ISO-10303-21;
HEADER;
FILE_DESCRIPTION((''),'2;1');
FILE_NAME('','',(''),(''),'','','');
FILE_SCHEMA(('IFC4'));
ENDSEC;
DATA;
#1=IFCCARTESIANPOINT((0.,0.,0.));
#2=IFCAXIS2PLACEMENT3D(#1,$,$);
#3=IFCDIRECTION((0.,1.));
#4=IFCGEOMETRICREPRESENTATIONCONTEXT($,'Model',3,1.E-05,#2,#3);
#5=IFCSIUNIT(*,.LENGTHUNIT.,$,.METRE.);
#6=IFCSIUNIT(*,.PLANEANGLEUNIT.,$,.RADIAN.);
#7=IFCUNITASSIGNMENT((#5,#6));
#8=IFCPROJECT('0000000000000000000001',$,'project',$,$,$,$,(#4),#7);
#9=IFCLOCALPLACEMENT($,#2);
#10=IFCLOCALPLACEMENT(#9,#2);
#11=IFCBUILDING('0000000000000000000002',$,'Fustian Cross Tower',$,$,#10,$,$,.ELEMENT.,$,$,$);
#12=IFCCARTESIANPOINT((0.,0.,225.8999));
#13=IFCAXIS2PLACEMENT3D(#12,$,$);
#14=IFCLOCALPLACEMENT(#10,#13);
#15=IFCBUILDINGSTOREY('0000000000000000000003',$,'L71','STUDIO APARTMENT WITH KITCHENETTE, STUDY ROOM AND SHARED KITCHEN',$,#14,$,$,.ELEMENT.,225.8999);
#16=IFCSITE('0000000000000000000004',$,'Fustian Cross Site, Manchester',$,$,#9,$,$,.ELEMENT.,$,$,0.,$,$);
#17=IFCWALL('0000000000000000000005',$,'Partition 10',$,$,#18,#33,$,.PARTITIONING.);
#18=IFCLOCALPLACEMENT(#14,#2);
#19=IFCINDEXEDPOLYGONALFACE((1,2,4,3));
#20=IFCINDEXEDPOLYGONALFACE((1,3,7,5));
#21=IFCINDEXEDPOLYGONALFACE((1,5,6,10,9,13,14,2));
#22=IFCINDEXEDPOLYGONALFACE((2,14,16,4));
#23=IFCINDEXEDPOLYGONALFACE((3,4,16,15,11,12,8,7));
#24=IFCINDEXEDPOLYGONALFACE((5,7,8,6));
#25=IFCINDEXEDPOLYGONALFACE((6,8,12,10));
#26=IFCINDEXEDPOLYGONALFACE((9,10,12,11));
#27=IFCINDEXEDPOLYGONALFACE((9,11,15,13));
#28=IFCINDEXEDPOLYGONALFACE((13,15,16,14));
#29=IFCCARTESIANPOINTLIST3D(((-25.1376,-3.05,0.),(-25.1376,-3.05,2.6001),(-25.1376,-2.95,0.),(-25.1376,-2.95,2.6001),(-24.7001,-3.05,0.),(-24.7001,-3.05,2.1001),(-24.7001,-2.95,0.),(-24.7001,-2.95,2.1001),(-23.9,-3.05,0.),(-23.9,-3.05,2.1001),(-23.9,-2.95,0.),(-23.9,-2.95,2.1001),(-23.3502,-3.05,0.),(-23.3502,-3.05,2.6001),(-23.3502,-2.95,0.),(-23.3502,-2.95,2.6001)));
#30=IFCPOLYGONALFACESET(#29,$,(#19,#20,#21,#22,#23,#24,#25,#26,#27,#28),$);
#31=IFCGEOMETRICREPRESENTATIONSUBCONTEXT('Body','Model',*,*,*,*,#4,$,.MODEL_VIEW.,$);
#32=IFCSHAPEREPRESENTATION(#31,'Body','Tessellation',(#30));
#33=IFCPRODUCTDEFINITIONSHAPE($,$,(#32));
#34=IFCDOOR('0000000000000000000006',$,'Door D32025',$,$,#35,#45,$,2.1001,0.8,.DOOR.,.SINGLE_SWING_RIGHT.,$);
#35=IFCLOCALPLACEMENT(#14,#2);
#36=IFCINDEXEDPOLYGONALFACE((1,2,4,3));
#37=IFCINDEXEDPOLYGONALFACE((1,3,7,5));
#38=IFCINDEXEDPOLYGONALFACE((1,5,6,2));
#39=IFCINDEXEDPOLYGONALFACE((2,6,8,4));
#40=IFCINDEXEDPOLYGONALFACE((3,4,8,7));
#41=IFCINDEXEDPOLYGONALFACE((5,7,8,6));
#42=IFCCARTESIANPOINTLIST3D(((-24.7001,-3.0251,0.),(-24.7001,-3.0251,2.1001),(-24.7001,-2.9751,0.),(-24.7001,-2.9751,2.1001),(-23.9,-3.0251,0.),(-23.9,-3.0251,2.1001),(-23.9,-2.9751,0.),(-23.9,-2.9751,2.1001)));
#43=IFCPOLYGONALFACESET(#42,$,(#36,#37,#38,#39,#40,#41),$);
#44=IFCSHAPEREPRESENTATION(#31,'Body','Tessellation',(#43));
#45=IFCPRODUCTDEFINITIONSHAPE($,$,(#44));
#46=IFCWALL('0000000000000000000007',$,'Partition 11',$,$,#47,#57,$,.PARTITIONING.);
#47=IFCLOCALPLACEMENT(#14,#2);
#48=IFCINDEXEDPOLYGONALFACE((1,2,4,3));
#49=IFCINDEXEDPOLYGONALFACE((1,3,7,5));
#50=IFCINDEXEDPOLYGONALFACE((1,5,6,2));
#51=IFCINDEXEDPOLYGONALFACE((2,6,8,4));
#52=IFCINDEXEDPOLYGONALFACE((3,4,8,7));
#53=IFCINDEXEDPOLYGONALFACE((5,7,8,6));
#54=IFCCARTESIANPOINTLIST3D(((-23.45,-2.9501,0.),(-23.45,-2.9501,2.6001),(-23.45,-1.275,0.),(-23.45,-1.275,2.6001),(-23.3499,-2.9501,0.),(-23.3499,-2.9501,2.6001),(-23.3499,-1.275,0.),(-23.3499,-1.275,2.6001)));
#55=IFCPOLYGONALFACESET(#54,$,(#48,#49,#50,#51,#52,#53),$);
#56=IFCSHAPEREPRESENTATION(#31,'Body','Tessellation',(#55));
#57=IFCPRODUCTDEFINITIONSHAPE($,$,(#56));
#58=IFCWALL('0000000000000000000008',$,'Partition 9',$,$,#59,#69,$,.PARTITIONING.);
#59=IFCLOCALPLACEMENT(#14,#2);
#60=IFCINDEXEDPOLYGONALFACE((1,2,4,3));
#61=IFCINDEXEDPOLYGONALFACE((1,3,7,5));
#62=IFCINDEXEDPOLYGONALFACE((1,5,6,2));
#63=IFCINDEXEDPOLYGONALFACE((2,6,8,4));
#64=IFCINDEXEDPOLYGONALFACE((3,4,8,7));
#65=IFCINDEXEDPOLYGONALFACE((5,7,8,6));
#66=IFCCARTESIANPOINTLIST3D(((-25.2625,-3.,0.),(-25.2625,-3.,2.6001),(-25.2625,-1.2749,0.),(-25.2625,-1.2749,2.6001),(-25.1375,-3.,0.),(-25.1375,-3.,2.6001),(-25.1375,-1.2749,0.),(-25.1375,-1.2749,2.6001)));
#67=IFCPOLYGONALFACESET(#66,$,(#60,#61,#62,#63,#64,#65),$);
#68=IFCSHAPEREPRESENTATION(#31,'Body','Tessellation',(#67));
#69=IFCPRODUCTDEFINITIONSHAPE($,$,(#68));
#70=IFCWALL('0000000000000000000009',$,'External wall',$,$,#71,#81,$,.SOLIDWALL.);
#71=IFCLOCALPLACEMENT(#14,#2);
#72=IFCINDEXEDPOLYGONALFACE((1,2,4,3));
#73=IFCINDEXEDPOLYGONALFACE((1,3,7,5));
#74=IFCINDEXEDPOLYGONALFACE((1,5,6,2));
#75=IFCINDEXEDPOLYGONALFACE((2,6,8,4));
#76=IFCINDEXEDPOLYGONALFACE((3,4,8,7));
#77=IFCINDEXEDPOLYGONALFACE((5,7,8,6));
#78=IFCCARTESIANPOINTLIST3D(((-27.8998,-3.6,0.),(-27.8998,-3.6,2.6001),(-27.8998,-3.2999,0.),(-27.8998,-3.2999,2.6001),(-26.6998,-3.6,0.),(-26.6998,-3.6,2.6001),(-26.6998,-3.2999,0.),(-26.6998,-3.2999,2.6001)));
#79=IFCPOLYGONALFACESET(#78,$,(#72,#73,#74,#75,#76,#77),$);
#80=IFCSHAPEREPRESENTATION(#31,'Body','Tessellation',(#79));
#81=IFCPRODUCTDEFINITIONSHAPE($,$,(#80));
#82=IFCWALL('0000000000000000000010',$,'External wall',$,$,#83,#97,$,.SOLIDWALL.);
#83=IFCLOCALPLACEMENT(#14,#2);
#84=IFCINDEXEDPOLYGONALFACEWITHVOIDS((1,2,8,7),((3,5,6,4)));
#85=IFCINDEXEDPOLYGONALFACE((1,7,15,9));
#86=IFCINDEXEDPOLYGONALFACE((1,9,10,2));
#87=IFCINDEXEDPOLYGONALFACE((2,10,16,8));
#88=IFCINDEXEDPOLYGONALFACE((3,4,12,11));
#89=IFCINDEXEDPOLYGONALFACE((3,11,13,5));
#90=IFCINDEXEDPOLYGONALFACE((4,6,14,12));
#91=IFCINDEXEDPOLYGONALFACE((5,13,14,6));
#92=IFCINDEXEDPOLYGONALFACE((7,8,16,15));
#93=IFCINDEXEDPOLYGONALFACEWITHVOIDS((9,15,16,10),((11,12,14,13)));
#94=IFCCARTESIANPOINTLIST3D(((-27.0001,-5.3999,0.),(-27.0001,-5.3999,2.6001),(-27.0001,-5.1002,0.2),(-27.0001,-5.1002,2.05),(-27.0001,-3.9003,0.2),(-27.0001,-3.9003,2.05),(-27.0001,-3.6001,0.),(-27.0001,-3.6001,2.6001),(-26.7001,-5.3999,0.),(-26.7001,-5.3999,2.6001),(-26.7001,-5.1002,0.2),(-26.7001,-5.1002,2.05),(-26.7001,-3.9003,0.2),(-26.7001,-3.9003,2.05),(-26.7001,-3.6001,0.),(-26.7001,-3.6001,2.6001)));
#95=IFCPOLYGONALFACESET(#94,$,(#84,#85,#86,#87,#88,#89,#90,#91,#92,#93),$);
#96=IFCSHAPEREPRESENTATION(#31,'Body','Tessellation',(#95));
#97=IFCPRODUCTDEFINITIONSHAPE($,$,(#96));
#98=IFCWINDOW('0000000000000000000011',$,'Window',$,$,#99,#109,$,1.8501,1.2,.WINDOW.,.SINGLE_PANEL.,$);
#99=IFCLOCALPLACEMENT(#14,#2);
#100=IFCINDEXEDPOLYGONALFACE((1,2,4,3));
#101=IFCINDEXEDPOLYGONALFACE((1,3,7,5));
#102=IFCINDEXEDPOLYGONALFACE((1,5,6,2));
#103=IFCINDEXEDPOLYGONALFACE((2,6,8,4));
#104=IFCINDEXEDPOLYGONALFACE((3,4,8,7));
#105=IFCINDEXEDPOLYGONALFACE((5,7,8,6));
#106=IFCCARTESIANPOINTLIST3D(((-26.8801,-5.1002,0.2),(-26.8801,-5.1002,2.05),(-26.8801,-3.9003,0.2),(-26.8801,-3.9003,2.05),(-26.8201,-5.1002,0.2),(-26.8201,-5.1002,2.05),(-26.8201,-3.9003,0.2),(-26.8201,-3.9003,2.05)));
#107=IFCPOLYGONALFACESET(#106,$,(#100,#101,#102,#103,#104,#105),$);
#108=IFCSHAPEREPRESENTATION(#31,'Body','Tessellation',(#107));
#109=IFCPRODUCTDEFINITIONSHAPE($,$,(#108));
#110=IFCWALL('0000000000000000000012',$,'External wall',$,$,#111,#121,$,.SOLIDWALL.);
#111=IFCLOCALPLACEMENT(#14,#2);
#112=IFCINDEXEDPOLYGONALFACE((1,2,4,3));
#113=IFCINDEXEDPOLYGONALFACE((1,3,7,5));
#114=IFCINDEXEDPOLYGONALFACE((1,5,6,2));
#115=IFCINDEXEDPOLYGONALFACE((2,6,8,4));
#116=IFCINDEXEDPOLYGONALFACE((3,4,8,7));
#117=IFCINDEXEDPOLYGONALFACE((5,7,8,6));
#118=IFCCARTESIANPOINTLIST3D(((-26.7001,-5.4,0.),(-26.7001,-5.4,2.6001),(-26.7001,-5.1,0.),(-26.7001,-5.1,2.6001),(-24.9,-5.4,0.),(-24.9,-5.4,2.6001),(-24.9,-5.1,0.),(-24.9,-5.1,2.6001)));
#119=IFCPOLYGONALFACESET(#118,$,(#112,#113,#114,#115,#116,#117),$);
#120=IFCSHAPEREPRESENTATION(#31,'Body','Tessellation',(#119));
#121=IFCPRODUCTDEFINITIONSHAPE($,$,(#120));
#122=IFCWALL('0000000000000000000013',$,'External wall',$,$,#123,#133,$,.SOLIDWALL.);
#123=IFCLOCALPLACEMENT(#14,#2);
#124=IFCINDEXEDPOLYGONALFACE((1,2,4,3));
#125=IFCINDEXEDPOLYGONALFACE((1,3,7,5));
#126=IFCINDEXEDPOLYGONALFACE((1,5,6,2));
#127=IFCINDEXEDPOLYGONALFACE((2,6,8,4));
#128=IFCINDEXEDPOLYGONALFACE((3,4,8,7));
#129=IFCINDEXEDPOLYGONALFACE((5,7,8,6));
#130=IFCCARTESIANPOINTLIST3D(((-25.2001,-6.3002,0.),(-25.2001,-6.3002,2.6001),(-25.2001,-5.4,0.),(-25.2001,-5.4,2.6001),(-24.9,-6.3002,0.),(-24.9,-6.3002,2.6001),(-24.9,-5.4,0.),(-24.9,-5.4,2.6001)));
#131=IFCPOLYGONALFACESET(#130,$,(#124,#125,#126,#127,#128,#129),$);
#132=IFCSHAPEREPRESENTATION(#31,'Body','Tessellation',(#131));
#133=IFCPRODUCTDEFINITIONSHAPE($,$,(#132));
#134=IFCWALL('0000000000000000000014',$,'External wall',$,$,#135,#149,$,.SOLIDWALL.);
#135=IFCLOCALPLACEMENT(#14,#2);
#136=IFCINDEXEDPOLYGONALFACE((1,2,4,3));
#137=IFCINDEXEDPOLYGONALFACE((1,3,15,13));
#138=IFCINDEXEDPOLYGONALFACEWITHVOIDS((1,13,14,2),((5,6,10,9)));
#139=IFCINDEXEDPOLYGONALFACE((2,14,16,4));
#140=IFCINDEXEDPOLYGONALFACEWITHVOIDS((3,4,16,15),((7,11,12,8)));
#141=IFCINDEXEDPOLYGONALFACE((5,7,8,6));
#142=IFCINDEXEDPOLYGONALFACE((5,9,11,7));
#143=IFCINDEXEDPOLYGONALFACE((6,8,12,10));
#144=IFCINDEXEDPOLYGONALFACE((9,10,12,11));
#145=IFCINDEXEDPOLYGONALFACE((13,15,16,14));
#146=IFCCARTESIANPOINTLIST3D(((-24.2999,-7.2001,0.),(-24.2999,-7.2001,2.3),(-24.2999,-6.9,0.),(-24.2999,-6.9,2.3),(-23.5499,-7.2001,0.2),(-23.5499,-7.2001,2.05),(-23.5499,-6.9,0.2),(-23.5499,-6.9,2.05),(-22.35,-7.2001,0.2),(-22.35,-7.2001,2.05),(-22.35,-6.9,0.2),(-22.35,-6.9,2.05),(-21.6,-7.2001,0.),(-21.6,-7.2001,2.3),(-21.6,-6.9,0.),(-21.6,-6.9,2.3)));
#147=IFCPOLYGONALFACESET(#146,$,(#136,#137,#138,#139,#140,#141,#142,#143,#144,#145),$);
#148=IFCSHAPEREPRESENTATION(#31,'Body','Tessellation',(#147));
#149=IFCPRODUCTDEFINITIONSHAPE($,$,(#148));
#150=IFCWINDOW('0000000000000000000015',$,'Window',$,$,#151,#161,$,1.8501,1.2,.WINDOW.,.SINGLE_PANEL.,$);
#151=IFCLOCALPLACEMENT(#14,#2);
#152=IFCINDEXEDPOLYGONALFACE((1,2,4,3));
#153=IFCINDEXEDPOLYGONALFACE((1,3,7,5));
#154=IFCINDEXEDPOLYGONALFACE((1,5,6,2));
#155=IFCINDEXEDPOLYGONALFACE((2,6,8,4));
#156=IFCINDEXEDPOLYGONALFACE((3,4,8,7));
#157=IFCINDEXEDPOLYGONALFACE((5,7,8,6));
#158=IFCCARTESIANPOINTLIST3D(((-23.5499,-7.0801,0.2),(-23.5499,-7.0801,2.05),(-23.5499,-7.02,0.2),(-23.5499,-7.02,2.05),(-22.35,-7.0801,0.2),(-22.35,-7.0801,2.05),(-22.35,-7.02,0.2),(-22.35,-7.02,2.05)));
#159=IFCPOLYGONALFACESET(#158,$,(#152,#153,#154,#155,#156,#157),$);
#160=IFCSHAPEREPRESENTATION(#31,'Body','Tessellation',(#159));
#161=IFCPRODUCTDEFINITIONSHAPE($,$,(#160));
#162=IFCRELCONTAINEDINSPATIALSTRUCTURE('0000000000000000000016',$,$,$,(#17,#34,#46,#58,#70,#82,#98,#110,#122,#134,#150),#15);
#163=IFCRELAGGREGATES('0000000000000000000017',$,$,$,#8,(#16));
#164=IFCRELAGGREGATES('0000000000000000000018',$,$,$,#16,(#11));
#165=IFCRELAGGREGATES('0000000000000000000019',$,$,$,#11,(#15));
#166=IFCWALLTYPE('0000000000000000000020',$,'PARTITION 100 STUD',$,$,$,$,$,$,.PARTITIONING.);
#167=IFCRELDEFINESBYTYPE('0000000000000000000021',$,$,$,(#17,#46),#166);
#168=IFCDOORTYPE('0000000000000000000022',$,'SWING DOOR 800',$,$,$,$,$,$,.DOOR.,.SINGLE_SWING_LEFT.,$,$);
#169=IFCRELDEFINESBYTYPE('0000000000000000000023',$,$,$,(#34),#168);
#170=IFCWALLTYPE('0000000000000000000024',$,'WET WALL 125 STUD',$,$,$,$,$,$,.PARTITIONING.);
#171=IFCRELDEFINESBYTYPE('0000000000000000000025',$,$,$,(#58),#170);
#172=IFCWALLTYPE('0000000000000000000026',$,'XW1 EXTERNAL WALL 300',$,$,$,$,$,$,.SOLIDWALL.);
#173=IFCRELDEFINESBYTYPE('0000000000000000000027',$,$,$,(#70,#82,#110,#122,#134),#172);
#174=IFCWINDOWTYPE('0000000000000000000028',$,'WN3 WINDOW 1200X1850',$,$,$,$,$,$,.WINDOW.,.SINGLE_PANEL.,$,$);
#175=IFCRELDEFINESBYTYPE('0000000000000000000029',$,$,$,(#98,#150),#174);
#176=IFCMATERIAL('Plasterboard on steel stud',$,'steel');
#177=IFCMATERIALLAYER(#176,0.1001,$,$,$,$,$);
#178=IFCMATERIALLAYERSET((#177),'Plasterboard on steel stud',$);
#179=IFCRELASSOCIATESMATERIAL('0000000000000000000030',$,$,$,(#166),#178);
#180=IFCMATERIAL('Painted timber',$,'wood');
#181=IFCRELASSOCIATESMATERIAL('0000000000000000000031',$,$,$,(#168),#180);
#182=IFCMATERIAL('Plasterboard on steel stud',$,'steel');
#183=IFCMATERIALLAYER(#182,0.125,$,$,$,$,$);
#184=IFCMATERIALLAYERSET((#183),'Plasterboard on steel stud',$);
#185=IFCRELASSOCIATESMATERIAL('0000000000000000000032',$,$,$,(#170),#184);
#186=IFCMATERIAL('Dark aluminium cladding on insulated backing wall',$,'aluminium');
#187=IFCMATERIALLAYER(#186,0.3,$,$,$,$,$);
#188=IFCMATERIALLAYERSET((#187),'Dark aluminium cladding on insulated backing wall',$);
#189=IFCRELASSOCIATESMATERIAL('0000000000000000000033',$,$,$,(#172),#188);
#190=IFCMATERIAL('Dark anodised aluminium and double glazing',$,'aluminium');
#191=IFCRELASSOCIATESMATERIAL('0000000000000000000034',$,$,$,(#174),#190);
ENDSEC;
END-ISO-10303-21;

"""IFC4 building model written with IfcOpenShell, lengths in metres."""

from ifc_helpers import new_model, si_unit, direction, frame, frame_2d, origin, place, context, subcontext, project, spatial, rectangle, extrude, material, layer, layer_set, type_object, element, fill, save


model = new_model("IFC4")

# Units and contexts
model_context = context("Model", 3, precision=1e-05, world=origin(), true_north=direction((0.0, 1.0)))
body_context = subcontext(model_context, "Body", "Model", "MODEL_VIEW")
ifc_project = project(units=[si_unit("LENGTHUNIT", "METRE"), si_unit("PLANEANGLEUNIT", "RADIAN")], contexts=[model_context])

# Site, building, storey
site_placement = place(None, origin())
site = spatial("IfcSite", under=ifc_project, at=site_placement, Name="Fustian Cross Site, Manchester", CompositionType="ELEMENT", RefElevation=0.0)
building_placement = place(site_placement, origin())
building = spatial("IfcBuilding", under=site, at=building_placement, Name="Fustian Cross Tower", CompositionType="ELEMENT")
storey_placement = place(building_placement, frame((0.0, 0.0, 225.8999)))
storey = spatial("IfcBuildingStorey", under=building, at=storey_placement, Name="L71", Description="STUDIO APARTMENT WITH KITCHENETTE, STUDY ROOM AND SHARED KITCHEN", CompositionType="ELEMENT", Elevation=225.8999)

# Shared definitions
ifc_material_1 = material(Name="Plasterboard on steel stud", Category="steel")
ifc_layer_1 = layer(ifc_material_1, 0.1001)
ifc_layer_set_1 = layer_set([ifc_layer_1], Name="Plasterboard on steel stud")
wall_type_1 = type_object("IfcWallType", Name="PARTITION 100 STUD", PredefinedType="PARTITIONING", material=ifc_layer_set_1)

# Wall, opening, door
wall_1_placement = place(storey_placement, frame((-25.1375, -3.0, 0.0), z_axis=(0.0, 0.0, 1.0), x_axis=(1.0, 0.0, 0.0)))
wall_1 = element("IfcWall", 1, at=wall_1_placement, inside=storey, type_object=wall_type_1, Name="Partition 10", PredefinedType="PARTITIONING", context=body_context, shape_type="SweptSolid", body=[
    extrude(rectangle(XDim=1.7874, YDim=0.1001, at=frame_2d((0.8936, 0.0))), origin(), (0.0, 0.0, 1.0), 2.6001),
])
opening_1_placement = place(wall_1_placement, frame((0.4375, 0.0, 0.0)))
opening_1 = element("IfcOpeningElement", 2, at=opening_1_placement, cuts=wall_1, PredefinedType="OPENING", context=body_context, shape_type="SweptSolid", body=[
    extrude(rectangle(XDim=0.8, YDim=2.1001, at=frame_2d((0.3999, 1.05))), frame((0.0, 0.0601, 0.0), z_axis=(0.0, -1.0, 0.0), x_axis=(1.0, 0.0, 0.0)), (0.0, 0.0, 1.0), 0.1201),
])
ifc_material_2 = material(Name="Painted timber", Category="wood")
door_type_1 = type_object("IfcDoorType", Name="SWING DOOR 800", OperationType="SINGLE_SWING_LEFT", PredefinedType="DOOR", material=ifc_material_2)
door_1_placement = place(opening_1_placement, origin())
door_1 = element("IfcDoor", 3, at=door_1_placement, inside=storey, type_object=door_type_1, Name="Door D32025", OperationType="SINGLE_SWING_RIGHT", OverallHeight=2.1001, OverallWidth=0.8, PredefinedType="DOOR", context=body_context, shape_type="SweptSolid", body=[
    extrude(rectangle(XDim=0.8, YDim=2.1001, at=frame_2d((0.3999, 1.05))), frame((0.0, 0.0249, 0.0), z_axis=(0.0, -1.0, 0.0), x_axis=(1.0, 0.0, 0.0)), (0.0, 0.0, 1.0), 0.05),
])
fill(opening_1, door_1)

# Walls
wall_2_placement = place(storey_placement, frame((-23.3999, -2.95, 0.0), z_axis=(0.0, 0.0, 1.0), x_axis=(0.0, 1.0, 0.0)))
element("IfcWall", 4, at=wall_2_placement, inside=storey, type_object=wall_type_1, Name="Partition 11", PredefinedType="PARTITIONING", context=body_context, shape_type="SweptSolid", body=[
    extrude(rectangle(XDim=1.675, YDim=0.1001, at=frame_2d((0.8374, 0.0))), origin(), (0.0, 0.0, 1.0), 2.6001),
])
ifc_material_3 = material(Name="Plasterboard on steel stud", Category="steel")
ifc_layer_2 = layer(ifc_material_3, 0.125)
ifc_layer_set_2 = layer_set([ifc_layer_2], Name="Plasterboard on steel stud")
wall_type_2 = type_object("IfcWallType", Name="WET WALL 125 STUD", PredefinedType="PARTITIONING", material=ifc_layer_set_2)
wall_3_placement = place(storey_placement, frame((-25.2, -3.0, 0.0), z_axis=(0.0, 0.0, 1.0), x_axis=(0.0, 1.0, 0.0)))
element("IfcWall", 5, at=wall_3_placement, inside=storey, type_object=wall_type_2, Name="Partition 9", PredefinedType="PARTITIONING", context=body_context, shape_type="SweptSolid", body=[
    extrude(rectangle(XDim=1.7251, YDim=0.125, at=frame_2d((0.8625, 0.0))), origin(), (0.0, 0.0, 1.0), 2.6001),
])
ifc_material_4 = material(Name="Dark aluminium cladding on insulated backing wall", Category="aluminium")
ifc_layer_3 = layer(ifc_material_4, 0.3)
ifc_layer_set_3 = layer_set([ifc_layer_3], Name="Dark aluminium cladding on insulated backing wall")
wall_type_3 = type_object("IfcWallType", Name="XW1 EXTERNAL WALL 300", PredefinedType="SOLIDWALL", material=ifc_layer_set_3)
wall_4_placement = place(storey_placement, frame((-27.8999, -3.45, 0.0), z_axis=(0.0, 0.0, 1.0), x_axis=(1.0, 0.0, 0.0)))
element("IfcWall", 6, at=wall_4_placement, inside=storey, type_object=wall_type_3, Name="External wall", PredefinedType="SOLIDWALL", context=body_context, shape_type="SweptSolid", body=[
    extrude(rectangle(XDim=1.2, YDim=0.3, at=frame_2d((0.6001, 0.0))), origin(), (0.0, 0.0, 1.0), 2.6001),
])

# Wall, opening, window
wall_5_placement = place(storey_placement, frame((-26.8501, -3.6001, 0.0), z_axis=(0.0, 0.0, 1.0), x_axis=(0.0, -1.0, 0.0)))
wall_5 = element("IfcWall", 7, at=wall_5_placement, inside=storey, type_object=wall_type_3, Name="External wall", PredefinedType="SOLIDWALL", context=body_context, shape_type="SweptSolid", body=[
    extrude(rectangle(XDim=1.7998, YDim=0.3, at=frame_2d((0.8999, 0.0))), origin(), (0.0, 0.0, 1.0), 2.6001),
])
opening_2_placement = place(wall_5_placement, frame((0.3, 0.0, 0.2)))
opening_2 = element("IfcOpeningElement", 8, at=opening_2_placement, cuts=wall_5, PredefinedType="OPENING", context=body_context, shape_type="SweptSolid", body=[
    extrude(rectangle(XDim=1.2, YDim=1.8501, at=frame_2d((0.6001, 0.925))), frame((0.0, 0.1599, 0.0), z_axis=(0.0, -1.0, 0.0), x_axis=(1.0, 0.0, 0.0)), (0.0, 0.0, 1.0), 0.3201),
])
ifc_material_5 = material(Name="Dark anodised aluminium and double glazing", Category="aluminium")
window_type = type_object("IfcWindowType", Name="WN3 WINDOW 1200X1850", PartitioningType="SINGLE_PANEL", PredefinedType="WINDOW", material=ifc_material_5)
window_1_placement = place(opening_2_placement, origin())
window_1 = element("IfcWindow", 9, at=window_1_placement, inside=storey, type_object=window_type, Name="Window", OverallHeight=1.8501, OverallWidth=1.2, PartitioningType="SINGLE_PANEL", PredefinedType="WINDOW", context=body_context, shape_type="SweptSolid", body=[
    extrude(rectangle(XDim=1.2, YDim=1.8501, at=frame_2d((0.6001, 0.925))), frame((0.0, 0.03, 0.0), z_axis=(0.0, -1.0, 0.0), x_axis=(1.0, 0.0, 0.0)), (0.0, 0.0, 1.0), 0.0601),
])
fill(opening_2, window_1)

# Walls
wall_6_placement = place(storey_placement, frame((-26.7, -5.25, 0.0), z_axis=(0.0, 0.0, 1.0), x_axis=(1.0, 0.0, 0.0)))
element("IfcWall", 10, at=wall_6_placement, inside=storey, type_object=wall_type_3, Name="External wall", PredefinedType="SOLIDWALL", context=body_context, shape_type="SweptSolid", body=[
    extrude(rectangle(XDim=1.8, YDim=0.3, at=frame_2d((0.8999, 0.0))), origin(), (0.0, 0.0, 1.0), 2.6001),
])
wall_7_placement = place(storey_placement, frame((-25.05, -5.3999, 0.0), z_axis=(0.0, 0.0, 1.0), x_axis=(0.0, -1.0, 0.0)))
element("IfcWall", 11, at=wall_7_placement, inside=storey, type_object=wall_type_3, Name="External wall", PredefinedType="SOLIDWALL", context=body_context, shape_type="SweptSolid", body=[
    extrude(rectangle(XDim=0.9001, YDim=0.3, at=frame_2d((0.4502, 0.0))), origin(), (0.0, 0.0, 1.0), 2.6001),
])

# Wall, opening, window
wall_8_placement = place(storey_placement, frame((-24.3, -7.05, 0.0), z_axis=(0.0, 0.0, 1.0), x_axis=(1.0, 0.0, 0.0)))
wall_8 = element("IfcWall", 12, at=wall_8_placement, inside=storey, type_object=wall_type_3, Name="External wall", PredefinedType="SOLIDWALL", context=body_context, shape_type="SweptSolid", body=[
    extrude(rectangle(XDim=2.7, YDim=0.3, at=frame_2d((1.3501, 0.0))), origin(), (0.0, 0.0, 1.0), 2.3),
])
opening_3_placement = place(wall_8_placement, frame((0.75, 0.0, 0.2)))
opening_3 = element("IfcOpeningElement", 13, at=opening_3_placement, cuts=wall_8, PredefinedType="OPENING", context=body_context, shape_type="SweptSolid", body=[
    extrude(rectangle(XDim=1.2, YDim=1.8501, at=frame_2d((0.6001, 0.925))), frame((0.0, 0.1599, 0.0), z_axis=(0.0, -1.0, 0.0), x_axis=(1.0, 0.0, 0.0)), (0.0, 0.0, 1.0), 0.3201),
])
window_2_placement = place(opening_3_placement, origin())
window_2 = element("IfcWindow", 14, at=window_2_placement, inside=storey, type_object=window_type, Name="Window", OverallHeight=1.8501, OverallWidth=1.2, PartitioningType="SINGLE_PANEL", PredefinedType="WINDOW", context=body_context, shape_type="SweptSolid", body=[
    extrude(rectangle(XDim=1.2, YDim=1.8501, at=frame_2d((0.6001, 0.925))), frame((0.0, 0.03, 0.0), z_axis=(0.0, -1.0, 0.0), x_axis=(1.0, 0.0, 0.0)), (0.0, 0.0, 1.0), 0.0601),
])
fill(opening_3, window_2)

save(model, "model.ifc")
